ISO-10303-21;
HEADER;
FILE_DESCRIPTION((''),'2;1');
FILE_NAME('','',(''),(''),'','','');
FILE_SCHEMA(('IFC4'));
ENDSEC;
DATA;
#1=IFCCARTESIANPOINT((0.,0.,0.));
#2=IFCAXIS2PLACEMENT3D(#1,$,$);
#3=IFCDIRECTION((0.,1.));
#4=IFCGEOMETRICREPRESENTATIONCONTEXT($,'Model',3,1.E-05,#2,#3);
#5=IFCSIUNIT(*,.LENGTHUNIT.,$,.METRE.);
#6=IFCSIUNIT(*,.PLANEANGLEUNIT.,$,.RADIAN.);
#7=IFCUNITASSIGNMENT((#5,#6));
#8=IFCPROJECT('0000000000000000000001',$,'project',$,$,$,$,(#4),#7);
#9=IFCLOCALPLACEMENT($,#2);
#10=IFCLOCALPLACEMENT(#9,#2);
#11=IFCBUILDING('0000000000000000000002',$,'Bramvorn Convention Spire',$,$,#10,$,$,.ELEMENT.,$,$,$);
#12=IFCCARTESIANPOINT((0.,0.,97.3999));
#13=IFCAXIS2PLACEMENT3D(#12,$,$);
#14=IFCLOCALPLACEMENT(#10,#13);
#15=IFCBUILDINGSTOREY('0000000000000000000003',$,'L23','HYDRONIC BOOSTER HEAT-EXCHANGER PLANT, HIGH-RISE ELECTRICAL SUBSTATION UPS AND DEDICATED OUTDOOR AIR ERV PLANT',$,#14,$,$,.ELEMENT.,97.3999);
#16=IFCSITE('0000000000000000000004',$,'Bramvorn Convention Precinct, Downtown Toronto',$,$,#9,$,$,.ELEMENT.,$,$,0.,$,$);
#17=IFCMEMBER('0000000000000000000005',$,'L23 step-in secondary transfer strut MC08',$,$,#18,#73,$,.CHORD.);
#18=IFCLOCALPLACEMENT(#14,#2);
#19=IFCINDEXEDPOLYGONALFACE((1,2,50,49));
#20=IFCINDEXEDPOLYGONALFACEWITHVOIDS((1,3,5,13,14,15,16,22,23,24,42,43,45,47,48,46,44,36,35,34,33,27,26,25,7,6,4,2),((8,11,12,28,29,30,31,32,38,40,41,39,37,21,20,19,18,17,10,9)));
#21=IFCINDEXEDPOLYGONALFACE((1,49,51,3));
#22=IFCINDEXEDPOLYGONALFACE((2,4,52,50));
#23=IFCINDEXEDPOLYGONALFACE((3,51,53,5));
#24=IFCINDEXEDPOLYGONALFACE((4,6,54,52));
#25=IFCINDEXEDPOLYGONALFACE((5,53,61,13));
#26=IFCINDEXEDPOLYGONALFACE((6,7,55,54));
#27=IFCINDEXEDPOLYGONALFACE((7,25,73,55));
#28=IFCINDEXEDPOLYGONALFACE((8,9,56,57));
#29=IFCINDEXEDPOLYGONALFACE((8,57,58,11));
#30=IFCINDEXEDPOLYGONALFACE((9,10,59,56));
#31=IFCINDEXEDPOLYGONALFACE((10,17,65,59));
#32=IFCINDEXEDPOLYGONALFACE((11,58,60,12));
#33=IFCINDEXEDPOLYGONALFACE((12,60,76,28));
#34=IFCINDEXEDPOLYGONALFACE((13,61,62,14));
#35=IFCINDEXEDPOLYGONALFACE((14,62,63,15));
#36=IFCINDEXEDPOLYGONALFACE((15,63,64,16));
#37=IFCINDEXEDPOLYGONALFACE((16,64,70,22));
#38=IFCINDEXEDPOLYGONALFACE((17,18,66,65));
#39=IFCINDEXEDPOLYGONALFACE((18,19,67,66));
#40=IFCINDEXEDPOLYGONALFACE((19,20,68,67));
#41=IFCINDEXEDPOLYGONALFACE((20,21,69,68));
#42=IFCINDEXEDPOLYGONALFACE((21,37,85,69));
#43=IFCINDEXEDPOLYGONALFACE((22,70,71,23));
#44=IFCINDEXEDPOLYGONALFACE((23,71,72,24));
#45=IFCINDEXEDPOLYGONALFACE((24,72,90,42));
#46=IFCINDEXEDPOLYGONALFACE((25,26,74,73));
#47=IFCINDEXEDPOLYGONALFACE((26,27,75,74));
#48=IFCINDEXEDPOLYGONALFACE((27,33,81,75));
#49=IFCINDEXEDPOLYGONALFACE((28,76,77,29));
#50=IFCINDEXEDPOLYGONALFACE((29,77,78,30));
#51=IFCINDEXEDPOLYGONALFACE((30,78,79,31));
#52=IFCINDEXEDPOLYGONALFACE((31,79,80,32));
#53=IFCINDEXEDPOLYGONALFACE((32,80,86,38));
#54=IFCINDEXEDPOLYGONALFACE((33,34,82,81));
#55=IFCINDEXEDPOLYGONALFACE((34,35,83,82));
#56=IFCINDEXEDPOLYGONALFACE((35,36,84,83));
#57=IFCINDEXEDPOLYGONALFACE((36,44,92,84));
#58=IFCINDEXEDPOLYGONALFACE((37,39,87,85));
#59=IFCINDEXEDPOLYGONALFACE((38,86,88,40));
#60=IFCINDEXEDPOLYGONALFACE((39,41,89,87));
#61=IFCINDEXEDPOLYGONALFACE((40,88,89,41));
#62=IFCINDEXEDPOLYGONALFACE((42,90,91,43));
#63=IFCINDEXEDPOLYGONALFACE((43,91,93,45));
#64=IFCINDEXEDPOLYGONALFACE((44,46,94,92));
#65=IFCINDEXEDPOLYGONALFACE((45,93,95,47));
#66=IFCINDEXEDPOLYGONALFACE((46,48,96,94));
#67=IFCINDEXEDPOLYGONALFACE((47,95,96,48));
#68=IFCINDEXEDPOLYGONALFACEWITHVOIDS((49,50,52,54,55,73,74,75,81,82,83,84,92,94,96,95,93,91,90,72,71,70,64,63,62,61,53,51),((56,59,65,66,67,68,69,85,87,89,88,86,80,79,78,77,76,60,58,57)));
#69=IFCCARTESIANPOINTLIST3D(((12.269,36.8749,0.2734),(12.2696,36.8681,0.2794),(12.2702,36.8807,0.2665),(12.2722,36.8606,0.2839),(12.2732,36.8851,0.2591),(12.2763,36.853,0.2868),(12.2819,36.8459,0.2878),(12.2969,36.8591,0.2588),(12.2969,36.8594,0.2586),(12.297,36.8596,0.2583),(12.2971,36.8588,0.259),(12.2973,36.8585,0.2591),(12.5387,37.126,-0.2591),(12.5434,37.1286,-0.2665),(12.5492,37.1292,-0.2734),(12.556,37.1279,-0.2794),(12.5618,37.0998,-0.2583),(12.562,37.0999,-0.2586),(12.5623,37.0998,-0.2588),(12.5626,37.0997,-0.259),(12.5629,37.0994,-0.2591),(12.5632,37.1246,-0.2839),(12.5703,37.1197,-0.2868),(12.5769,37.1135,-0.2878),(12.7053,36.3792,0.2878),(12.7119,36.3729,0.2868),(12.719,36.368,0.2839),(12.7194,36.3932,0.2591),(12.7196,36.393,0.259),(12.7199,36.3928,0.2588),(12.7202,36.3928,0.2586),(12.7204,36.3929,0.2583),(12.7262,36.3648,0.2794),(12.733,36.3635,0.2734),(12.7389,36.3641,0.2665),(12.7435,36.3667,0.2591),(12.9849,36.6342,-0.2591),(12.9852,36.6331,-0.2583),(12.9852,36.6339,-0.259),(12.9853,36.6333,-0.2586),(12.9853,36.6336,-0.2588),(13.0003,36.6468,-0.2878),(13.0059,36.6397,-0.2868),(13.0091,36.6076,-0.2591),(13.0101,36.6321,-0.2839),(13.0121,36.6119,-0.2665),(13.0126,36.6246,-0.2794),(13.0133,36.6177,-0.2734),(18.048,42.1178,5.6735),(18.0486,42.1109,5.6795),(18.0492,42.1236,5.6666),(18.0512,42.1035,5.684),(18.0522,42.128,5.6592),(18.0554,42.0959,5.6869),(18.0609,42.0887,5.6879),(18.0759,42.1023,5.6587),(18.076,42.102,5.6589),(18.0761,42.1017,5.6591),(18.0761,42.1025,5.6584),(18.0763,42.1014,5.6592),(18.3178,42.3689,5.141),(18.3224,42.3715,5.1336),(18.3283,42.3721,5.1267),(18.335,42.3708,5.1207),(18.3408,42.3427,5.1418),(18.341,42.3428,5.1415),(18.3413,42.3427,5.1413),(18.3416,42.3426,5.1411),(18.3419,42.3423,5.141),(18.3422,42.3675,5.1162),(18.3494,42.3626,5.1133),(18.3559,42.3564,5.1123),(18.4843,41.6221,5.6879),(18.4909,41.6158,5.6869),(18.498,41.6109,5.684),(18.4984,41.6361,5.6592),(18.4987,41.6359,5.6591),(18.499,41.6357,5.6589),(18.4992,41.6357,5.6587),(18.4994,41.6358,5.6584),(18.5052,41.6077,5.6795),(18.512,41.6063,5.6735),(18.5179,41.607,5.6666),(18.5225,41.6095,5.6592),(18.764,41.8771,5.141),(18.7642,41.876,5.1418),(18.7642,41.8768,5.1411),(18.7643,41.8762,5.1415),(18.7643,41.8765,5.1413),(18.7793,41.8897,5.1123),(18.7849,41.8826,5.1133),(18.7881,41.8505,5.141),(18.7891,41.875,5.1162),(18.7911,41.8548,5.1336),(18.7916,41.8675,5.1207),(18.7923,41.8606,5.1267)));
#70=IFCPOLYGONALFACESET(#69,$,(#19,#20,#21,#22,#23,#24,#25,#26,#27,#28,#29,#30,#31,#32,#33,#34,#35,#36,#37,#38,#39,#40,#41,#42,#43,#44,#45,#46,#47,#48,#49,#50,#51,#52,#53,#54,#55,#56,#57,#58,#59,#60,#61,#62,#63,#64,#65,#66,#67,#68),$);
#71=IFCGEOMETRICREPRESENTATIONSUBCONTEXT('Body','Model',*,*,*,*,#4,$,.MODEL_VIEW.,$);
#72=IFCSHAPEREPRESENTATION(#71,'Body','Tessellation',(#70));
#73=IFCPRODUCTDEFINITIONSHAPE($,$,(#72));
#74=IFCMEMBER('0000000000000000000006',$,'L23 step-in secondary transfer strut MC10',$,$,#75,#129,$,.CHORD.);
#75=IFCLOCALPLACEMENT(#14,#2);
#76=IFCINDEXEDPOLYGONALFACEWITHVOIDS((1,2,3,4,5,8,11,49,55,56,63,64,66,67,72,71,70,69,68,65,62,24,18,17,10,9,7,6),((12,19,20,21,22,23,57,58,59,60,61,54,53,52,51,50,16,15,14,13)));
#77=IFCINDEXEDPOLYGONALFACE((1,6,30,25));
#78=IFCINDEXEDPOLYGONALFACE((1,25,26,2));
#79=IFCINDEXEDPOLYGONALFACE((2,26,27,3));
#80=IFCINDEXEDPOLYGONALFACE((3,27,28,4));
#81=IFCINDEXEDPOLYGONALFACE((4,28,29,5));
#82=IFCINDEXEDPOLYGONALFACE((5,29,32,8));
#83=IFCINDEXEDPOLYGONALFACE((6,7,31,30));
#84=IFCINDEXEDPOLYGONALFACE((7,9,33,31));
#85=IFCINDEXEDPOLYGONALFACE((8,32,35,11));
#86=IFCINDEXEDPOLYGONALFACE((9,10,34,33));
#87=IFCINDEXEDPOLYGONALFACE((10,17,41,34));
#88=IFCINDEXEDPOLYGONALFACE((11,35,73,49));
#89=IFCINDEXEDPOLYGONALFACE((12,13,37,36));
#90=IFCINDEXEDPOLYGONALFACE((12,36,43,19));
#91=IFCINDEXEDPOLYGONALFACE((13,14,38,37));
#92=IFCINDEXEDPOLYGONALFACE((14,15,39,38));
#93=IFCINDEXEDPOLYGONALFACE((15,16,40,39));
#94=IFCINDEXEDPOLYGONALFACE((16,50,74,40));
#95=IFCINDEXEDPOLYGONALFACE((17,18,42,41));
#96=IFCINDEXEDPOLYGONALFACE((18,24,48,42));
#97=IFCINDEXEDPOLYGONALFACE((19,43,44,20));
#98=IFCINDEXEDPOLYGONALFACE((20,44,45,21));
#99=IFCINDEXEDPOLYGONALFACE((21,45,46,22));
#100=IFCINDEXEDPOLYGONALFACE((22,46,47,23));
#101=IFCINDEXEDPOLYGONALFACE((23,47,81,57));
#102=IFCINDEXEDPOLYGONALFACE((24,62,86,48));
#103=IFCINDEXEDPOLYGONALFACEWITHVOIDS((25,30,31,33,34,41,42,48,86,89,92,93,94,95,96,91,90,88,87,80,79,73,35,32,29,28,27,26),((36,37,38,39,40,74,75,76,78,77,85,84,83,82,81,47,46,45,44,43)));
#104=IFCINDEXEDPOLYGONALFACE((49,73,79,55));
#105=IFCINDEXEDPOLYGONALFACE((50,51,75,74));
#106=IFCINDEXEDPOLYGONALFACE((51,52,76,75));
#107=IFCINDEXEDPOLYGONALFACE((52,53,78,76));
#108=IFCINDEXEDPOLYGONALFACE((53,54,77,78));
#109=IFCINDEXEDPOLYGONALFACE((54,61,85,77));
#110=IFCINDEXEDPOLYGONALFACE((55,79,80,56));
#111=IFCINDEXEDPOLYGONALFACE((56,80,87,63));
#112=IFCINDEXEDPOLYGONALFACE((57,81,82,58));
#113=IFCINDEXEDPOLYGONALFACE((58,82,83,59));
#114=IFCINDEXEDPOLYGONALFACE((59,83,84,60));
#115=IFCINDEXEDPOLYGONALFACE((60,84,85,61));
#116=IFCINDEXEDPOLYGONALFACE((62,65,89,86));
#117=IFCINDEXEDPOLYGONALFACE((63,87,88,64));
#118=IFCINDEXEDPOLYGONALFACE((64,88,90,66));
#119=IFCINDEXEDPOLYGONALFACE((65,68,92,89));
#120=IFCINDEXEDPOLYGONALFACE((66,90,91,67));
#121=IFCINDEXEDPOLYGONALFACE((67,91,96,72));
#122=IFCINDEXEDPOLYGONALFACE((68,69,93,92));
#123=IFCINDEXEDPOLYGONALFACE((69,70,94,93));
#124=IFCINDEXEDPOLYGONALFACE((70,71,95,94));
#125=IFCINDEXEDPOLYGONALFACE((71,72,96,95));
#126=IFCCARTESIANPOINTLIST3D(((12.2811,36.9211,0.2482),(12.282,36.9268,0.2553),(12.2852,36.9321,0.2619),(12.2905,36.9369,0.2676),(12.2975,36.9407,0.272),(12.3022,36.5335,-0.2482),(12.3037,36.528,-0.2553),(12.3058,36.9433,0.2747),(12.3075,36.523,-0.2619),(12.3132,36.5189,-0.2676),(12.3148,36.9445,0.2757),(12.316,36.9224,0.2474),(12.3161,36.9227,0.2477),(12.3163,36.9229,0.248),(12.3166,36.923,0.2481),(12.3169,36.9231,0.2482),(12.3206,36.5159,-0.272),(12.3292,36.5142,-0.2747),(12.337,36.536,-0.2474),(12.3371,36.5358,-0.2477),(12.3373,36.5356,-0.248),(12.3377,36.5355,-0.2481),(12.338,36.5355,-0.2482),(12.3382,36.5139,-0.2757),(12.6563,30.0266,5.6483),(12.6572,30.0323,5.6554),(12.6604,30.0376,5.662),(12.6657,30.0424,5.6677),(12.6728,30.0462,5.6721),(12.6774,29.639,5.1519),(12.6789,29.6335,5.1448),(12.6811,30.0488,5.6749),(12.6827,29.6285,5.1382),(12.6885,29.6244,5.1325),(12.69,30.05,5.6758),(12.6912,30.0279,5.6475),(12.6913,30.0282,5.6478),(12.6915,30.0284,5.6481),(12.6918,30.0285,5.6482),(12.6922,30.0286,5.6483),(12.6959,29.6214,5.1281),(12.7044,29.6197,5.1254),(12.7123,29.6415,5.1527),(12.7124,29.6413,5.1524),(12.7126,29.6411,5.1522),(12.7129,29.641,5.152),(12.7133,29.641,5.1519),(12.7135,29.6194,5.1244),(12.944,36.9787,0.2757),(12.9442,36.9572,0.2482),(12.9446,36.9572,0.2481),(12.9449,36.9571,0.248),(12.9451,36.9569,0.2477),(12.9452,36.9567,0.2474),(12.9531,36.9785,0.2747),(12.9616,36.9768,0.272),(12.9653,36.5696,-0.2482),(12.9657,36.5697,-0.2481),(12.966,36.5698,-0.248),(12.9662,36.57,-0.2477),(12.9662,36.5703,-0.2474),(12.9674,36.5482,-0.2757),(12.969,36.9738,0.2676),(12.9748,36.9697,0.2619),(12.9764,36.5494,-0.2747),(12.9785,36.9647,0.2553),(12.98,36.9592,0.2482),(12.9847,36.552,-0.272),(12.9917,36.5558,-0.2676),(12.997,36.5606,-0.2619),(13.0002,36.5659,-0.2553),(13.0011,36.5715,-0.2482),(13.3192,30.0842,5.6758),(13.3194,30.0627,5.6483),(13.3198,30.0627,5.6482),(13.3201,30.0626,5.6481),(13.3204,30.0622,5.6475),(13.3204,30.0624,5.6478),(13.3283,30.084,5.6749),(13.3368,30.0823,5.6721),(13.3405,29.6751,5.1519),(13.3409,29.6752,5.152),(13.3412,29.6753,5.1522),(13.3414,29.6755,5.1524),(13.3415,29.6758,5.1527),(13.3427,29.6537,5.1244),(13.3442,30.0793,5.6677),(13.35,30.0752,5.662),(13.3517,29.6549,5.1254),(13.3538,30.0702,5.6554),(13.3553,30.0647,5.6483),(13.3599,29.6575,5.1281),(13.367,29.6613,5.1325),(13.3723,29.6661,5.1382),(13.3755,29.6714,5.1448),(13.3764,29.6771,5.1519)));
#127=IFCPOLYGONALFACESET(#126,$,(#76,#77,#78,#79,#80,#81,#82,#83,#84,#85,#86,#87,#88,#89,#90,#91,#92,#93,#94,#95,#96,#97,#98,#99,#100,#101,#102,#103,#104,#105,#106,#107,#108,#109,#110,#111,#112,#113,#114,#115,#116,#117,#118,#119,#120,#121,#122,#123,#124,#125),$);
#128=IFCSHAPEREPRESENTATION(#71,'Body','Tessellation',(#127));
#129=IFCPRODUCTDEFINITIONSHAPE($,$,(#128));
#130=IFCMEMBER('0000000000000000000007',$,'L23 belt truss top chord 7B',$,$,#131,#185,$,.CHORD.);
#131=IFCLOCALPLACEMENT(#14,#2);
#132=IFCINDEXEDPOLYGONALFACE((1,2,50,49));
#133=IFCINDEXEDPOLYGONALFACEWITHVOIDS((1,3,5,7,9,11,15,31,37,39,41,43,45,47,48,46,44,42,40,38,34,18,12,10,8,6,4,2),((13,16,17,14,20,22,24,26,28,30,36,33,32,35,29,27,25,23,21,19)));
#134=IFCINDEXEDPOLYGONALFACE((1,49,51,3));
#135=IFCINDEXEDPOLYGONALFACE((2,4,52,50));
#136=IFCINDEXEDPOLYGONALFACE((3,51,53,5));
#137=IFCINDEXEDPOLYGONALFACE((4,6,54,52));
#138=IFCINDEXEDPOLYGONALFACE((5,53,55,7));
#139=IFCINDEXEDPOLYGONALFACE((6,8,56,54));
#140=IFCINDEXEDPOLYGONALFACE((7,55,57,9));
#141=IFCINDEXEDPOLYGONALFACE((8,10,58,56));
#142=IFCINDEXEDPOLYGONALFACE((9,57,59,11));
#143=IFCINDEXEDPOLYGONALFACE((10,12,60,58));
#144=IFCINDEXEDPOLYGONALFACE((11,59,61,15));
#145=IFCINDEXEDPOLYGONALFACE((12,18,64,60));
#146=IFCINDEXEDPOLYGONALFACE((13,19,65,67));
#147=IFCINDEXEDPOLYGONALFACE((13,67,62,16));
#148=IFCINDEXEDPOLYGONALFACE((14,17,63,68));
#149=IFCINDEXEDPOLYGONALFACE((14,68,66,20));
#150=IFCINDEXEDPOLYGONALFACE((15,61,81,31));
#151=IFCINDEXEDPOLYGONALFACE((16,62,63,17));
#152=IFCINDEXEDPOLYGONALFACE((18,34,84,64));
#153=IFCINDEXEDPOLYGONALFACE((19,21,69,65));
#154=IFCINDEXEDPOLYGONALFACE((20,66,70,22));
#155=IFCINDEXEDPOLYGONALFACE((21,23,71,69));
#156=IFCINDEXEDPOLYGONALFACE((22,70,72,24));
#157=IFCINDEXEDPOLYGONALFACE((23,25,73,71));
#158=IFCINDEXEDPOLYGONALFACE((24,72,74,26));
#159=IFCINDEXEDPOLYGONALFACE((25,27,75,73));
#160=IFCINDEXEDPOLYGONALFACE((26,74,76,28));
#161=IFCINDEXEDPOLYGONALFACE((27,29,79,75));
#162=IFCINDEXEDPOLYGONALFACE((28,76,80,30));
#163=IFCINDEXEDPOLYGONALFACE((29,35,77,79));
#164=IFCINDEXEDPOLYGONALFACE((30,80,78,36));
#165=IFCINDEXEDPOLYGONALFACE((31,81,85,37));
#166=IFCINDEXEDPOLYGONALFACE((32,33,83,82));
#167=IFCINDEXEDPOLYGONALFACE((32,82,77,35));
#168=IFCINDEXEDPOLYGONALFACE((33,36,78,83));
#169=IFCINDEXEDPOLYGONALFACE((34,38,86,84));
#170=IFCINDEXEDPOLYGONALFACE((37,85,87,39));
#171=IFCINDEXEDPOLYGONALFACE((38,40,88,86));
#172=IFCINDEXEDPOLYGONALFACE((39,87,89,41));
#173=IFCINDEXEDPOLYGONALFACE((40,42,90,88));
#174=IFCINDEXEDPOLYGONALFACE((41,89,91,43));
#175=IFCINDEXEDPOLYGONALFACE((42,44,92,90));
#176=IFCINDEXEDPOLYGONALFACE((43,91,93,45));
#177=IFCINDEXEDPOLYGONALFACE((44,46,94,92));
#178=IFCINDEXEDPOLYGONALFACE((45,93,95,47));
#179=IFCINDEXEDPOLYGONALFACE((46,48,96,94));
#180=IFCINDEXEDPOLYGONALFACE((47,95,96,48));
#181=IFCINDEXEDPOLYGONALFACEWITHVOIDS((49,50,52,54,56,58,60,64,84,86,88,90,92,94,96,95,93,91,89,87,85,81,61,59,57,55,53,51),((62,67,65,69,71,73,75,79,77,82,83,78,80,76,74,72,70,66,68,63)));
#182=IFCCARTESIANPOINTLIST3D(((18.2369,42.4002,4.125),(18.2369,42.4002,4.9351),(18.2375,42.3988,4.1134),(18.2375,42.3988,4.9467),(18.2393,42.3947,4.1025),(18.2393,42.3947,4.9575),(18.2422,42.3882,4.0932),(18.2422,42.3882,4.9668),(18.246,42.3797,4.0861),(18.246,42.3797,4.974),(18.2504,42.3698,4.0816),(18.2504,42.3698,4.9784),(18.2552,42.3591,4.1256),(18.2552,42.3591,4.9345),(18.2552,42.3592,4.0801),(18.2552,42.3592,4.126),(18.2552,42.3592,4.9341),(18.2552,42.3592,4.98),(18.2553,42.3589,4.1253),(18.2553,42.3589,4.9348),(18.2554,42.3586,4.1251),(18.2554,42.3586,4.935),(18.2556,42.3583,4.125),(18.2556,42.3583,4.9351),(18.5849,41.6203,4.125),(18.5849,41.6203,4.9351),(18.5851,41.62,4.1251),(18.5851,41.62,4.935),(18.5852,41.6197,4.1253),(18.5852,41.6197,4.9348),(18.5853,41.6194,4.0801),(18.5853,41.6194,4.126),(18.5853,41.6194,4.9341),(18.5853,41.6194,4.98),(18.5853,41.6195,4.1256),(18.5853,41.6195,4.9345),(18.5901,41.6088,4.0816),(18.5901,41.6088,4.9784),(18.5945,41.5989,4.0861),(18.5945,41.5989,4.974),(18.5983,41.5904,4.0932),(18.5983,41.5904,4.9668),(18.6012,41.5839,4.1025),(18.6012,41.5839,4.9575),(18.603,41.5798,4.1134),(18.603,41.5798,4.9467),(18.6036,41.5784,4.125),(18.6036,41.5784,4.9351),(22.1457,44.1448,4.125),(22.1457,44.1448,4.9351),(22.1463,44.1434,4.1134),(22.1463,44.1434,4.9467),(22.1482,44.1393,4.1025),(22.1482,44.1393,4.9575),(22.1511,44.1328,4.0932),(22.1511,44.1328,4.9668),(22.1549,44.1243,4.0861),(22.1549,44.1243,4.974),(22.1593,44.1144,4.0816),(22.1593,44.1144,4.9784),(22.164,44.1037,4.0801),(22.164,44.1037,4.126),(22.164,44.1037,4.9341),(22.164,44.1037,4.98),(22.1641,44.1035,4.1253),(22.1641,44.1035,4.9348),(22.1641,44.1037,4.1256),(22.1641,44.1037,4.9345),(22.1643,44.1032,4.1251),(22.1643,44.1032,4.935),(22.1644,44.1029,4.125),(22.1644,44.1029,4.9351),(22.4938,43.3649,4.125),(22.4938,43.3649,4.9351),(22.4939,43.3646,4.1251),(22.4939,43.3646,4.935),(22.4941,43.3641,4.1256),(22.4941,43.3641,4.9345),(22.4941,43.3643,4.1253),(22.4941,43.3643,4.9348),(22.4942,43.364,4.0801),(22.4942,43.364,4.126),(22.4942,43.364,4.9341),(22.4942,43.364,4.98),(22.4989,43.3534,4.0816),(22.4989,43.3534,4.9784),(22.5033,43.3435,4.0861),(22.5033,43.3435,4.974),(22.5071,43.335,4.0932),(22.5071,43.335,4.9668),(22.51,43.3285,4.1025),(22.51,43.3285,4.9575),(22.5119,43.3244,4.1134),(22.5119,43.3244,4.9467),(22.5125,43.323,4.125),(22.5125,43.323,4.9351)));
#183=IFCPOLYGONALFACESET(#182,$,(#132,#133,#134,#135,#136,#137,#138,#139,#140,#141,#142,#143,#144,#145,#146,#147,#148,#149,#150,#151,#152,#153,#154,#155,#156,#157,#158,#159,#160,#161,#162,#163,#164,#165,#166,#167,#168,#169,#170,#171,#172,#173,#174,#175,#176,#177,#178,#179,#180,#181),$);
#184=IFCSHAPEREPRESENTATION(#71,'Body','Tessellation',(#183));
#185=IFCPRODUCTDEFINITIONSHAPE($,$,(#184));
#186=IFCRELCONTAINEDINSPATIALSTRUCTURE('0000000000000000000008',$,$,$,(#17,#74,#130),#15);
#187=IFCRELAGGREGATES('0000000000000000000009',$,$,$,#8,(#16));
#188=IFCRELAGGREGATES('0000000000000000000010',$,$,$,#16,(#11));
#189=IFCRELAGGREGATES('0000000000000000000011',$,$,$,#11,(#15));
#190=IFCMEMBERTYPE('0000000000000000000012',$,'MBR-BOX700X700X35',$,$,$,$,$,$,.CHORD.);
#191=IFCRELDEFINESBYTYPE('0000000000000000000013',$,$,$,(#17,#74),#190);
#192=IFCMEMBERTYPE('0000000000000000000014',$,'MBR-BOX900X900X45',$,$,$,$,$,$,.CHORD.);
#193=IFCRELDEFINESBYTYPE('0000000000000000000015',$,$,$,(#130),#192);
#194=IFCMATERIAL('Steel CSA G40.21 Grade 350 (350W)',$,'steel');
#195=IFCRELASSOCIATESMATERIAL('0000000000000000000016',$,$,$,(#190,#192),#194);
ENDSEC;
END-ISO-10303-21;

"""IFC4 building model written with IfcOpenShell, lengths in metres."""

from ifc_helpers import new_model, si_unit, direction, frame, origin, origin_2d, place, context, subcontext, project, spatial, hollow_rectangle, extrude, material, material_profile, profile_set, type_object, element, save


model = new_model("IFC4")

# Units and contexts
model_context = context("Model", 3, precision=1e-05, world=origin(), true_north=direction((0.0, 1.0)))
body_context = subcontext(model_context, "Body", "Model", "MODEL_VIEW")
ifc_project = project(units=[si_unit("LENGTHUNIT", "METRE"), si_unit("PLANEANGLEUNIT", "RADIAN")], contexts=[model_context])

# Site, building, storey
site_placement = place(None, origin())
site = spatial("IfcSite", under=ifc_project, at=site_placement, Name="Bramvorn Convention Precinct, Downtown Toronto", CompositionType="ELEMENT", RefElevation=0.0)
building_placement = place(site_placement, origin())
building = spatial("IfcBuilding", under=site, at=building_placement, Name="Bramvorn Convention Spire", CompositionType="ELEMENT")
storey_placement = place(building_placement, frame((0.0, 0.0, 97.3999)))
storey = spatial("IfcBuildingStorey", under=building, at=storey_placement, Name="L23", Description="HYDRONIC BOOSTER HEAT-EXCHANGER PLANT, HIGH-RISE ELECTRICAL SUBSTATION UPS AND DEDICATED OUTDOOR AIR ERV PLANT", CompositionType="ELEMENT", Elevation=97.3999)

# Shared definitions
ifc_material_1 = material(Name="Steel CSA G40.21 Grade 350 (350W)", Category="steel")

# Members
ifc_material_profile_1 = material_profile(ifc_material_1, hollow_rectangle(XDim=0.7, YDim=0.7, WallThickness=0.0349, InnerFilletRadius=0.001, OuterFilletRadius=0.0349, at=origin_2d()))
ifc_profile_set_1 = profile_set([ifc_material_profile_1], Name="Steel CSA G40.21 Grade 350 (350W) - BOX700X700X35")
member_type_1 = type_object("IfcMemberType", Name="MBR-BOX700X700X35", PredefinedType="CHORD", material=ifc_profile_set_1)
member_1_placement = place(storey_placement, frame((12.6411, 36.7463, 0.0), z_axis=(0.609006, 0.552507, 0.569076), x_axis=(-0.671917, 0.740626, 0.0)))
element("IfcMember", 1, at=member_1_placement, inside=storey, type_object=member_type_1, Name="L23 step-in secondary transfer strut MC08", PredefinedType="CHORD", context=body_context, shape_type="SweptSolid", body=[
    extrude(hollow_rectangle(XDim=0.7, YDim=0.7, WallThickness=0.0349, InnerFilletRadius=0.001, OuterFilletRadius=0.0349, at=origin_2d()), origin(), (0.0, 0.0, 1.0), 9.4893),
])
member_2_placement = place(storey_placement, frame((12.6411, 36.7463, 0.0), z_axis=(0.042808, -0.786538, 0.616056), x_axis=(0.998522, 0.054346, 0.0)))
element("IfcMember", 2, at=member_2_placement, inside=storey, type_object=member_type_1, Name="L23 step-in secondary transfer strut MC10", PredefinedType="CHORD", context=body_context, shape_type="SweptSolid", body=[
    extrude(hollow_rectangle(XDim=0.7, YDim=0.7, WallThickness=0.0349, InnerFilletRadius=0.001, OuterFilletRadius=0.0349, at=origin_2d()), origin(), (0.0, 0.0, 1.0), 8.7656),
])
ifc_material_profile_2 = material_profile(ifc_material_1, hollow_rectangle(XDim=0.8999, YDim=0.8999, WallThickness=0.0449, InnerFilletRadius=0.001, OuterFilletRadius=0.0449, at=origin_2d()))
ifc_profile_set_2 = profile_set([ifc_material_profile_2], Name="Steel CSA G40.21 Grade 350 (350W) - BOX900X900X45")
member_type_2 = type_object("IfcMemberType", Name="MBR-BOX900X900X45", PredefinedType="CHORD", material=ifc_profile_set_2)
member_3_placement = place(storey_placement, frame((22.3291, 43.7339, 4.53), z_axis=(-0.913175, -0.407567, 0.0), x_axis=(0.407567, -0.913175, 0.0)))
element("IfcMember", 3, at=member_3_placement, inside=storey, type_object=member_type_2, Name="L23 belt truss top chord 7B", PredefinedType="CHORD", context=body_context, shape_type="SweptSolid", body=[
    extrude(hollow_rectangle(XDim=0.8999, YDim=0.8999, WallThickness=0.0449, InnerFilletRadius=0.001, OuterFilletRadius=0.0449, at=origin_2d()), origin(), (0.0, 0.0, 1.0), 4.2805),
])

save(model, "model.ifc")
